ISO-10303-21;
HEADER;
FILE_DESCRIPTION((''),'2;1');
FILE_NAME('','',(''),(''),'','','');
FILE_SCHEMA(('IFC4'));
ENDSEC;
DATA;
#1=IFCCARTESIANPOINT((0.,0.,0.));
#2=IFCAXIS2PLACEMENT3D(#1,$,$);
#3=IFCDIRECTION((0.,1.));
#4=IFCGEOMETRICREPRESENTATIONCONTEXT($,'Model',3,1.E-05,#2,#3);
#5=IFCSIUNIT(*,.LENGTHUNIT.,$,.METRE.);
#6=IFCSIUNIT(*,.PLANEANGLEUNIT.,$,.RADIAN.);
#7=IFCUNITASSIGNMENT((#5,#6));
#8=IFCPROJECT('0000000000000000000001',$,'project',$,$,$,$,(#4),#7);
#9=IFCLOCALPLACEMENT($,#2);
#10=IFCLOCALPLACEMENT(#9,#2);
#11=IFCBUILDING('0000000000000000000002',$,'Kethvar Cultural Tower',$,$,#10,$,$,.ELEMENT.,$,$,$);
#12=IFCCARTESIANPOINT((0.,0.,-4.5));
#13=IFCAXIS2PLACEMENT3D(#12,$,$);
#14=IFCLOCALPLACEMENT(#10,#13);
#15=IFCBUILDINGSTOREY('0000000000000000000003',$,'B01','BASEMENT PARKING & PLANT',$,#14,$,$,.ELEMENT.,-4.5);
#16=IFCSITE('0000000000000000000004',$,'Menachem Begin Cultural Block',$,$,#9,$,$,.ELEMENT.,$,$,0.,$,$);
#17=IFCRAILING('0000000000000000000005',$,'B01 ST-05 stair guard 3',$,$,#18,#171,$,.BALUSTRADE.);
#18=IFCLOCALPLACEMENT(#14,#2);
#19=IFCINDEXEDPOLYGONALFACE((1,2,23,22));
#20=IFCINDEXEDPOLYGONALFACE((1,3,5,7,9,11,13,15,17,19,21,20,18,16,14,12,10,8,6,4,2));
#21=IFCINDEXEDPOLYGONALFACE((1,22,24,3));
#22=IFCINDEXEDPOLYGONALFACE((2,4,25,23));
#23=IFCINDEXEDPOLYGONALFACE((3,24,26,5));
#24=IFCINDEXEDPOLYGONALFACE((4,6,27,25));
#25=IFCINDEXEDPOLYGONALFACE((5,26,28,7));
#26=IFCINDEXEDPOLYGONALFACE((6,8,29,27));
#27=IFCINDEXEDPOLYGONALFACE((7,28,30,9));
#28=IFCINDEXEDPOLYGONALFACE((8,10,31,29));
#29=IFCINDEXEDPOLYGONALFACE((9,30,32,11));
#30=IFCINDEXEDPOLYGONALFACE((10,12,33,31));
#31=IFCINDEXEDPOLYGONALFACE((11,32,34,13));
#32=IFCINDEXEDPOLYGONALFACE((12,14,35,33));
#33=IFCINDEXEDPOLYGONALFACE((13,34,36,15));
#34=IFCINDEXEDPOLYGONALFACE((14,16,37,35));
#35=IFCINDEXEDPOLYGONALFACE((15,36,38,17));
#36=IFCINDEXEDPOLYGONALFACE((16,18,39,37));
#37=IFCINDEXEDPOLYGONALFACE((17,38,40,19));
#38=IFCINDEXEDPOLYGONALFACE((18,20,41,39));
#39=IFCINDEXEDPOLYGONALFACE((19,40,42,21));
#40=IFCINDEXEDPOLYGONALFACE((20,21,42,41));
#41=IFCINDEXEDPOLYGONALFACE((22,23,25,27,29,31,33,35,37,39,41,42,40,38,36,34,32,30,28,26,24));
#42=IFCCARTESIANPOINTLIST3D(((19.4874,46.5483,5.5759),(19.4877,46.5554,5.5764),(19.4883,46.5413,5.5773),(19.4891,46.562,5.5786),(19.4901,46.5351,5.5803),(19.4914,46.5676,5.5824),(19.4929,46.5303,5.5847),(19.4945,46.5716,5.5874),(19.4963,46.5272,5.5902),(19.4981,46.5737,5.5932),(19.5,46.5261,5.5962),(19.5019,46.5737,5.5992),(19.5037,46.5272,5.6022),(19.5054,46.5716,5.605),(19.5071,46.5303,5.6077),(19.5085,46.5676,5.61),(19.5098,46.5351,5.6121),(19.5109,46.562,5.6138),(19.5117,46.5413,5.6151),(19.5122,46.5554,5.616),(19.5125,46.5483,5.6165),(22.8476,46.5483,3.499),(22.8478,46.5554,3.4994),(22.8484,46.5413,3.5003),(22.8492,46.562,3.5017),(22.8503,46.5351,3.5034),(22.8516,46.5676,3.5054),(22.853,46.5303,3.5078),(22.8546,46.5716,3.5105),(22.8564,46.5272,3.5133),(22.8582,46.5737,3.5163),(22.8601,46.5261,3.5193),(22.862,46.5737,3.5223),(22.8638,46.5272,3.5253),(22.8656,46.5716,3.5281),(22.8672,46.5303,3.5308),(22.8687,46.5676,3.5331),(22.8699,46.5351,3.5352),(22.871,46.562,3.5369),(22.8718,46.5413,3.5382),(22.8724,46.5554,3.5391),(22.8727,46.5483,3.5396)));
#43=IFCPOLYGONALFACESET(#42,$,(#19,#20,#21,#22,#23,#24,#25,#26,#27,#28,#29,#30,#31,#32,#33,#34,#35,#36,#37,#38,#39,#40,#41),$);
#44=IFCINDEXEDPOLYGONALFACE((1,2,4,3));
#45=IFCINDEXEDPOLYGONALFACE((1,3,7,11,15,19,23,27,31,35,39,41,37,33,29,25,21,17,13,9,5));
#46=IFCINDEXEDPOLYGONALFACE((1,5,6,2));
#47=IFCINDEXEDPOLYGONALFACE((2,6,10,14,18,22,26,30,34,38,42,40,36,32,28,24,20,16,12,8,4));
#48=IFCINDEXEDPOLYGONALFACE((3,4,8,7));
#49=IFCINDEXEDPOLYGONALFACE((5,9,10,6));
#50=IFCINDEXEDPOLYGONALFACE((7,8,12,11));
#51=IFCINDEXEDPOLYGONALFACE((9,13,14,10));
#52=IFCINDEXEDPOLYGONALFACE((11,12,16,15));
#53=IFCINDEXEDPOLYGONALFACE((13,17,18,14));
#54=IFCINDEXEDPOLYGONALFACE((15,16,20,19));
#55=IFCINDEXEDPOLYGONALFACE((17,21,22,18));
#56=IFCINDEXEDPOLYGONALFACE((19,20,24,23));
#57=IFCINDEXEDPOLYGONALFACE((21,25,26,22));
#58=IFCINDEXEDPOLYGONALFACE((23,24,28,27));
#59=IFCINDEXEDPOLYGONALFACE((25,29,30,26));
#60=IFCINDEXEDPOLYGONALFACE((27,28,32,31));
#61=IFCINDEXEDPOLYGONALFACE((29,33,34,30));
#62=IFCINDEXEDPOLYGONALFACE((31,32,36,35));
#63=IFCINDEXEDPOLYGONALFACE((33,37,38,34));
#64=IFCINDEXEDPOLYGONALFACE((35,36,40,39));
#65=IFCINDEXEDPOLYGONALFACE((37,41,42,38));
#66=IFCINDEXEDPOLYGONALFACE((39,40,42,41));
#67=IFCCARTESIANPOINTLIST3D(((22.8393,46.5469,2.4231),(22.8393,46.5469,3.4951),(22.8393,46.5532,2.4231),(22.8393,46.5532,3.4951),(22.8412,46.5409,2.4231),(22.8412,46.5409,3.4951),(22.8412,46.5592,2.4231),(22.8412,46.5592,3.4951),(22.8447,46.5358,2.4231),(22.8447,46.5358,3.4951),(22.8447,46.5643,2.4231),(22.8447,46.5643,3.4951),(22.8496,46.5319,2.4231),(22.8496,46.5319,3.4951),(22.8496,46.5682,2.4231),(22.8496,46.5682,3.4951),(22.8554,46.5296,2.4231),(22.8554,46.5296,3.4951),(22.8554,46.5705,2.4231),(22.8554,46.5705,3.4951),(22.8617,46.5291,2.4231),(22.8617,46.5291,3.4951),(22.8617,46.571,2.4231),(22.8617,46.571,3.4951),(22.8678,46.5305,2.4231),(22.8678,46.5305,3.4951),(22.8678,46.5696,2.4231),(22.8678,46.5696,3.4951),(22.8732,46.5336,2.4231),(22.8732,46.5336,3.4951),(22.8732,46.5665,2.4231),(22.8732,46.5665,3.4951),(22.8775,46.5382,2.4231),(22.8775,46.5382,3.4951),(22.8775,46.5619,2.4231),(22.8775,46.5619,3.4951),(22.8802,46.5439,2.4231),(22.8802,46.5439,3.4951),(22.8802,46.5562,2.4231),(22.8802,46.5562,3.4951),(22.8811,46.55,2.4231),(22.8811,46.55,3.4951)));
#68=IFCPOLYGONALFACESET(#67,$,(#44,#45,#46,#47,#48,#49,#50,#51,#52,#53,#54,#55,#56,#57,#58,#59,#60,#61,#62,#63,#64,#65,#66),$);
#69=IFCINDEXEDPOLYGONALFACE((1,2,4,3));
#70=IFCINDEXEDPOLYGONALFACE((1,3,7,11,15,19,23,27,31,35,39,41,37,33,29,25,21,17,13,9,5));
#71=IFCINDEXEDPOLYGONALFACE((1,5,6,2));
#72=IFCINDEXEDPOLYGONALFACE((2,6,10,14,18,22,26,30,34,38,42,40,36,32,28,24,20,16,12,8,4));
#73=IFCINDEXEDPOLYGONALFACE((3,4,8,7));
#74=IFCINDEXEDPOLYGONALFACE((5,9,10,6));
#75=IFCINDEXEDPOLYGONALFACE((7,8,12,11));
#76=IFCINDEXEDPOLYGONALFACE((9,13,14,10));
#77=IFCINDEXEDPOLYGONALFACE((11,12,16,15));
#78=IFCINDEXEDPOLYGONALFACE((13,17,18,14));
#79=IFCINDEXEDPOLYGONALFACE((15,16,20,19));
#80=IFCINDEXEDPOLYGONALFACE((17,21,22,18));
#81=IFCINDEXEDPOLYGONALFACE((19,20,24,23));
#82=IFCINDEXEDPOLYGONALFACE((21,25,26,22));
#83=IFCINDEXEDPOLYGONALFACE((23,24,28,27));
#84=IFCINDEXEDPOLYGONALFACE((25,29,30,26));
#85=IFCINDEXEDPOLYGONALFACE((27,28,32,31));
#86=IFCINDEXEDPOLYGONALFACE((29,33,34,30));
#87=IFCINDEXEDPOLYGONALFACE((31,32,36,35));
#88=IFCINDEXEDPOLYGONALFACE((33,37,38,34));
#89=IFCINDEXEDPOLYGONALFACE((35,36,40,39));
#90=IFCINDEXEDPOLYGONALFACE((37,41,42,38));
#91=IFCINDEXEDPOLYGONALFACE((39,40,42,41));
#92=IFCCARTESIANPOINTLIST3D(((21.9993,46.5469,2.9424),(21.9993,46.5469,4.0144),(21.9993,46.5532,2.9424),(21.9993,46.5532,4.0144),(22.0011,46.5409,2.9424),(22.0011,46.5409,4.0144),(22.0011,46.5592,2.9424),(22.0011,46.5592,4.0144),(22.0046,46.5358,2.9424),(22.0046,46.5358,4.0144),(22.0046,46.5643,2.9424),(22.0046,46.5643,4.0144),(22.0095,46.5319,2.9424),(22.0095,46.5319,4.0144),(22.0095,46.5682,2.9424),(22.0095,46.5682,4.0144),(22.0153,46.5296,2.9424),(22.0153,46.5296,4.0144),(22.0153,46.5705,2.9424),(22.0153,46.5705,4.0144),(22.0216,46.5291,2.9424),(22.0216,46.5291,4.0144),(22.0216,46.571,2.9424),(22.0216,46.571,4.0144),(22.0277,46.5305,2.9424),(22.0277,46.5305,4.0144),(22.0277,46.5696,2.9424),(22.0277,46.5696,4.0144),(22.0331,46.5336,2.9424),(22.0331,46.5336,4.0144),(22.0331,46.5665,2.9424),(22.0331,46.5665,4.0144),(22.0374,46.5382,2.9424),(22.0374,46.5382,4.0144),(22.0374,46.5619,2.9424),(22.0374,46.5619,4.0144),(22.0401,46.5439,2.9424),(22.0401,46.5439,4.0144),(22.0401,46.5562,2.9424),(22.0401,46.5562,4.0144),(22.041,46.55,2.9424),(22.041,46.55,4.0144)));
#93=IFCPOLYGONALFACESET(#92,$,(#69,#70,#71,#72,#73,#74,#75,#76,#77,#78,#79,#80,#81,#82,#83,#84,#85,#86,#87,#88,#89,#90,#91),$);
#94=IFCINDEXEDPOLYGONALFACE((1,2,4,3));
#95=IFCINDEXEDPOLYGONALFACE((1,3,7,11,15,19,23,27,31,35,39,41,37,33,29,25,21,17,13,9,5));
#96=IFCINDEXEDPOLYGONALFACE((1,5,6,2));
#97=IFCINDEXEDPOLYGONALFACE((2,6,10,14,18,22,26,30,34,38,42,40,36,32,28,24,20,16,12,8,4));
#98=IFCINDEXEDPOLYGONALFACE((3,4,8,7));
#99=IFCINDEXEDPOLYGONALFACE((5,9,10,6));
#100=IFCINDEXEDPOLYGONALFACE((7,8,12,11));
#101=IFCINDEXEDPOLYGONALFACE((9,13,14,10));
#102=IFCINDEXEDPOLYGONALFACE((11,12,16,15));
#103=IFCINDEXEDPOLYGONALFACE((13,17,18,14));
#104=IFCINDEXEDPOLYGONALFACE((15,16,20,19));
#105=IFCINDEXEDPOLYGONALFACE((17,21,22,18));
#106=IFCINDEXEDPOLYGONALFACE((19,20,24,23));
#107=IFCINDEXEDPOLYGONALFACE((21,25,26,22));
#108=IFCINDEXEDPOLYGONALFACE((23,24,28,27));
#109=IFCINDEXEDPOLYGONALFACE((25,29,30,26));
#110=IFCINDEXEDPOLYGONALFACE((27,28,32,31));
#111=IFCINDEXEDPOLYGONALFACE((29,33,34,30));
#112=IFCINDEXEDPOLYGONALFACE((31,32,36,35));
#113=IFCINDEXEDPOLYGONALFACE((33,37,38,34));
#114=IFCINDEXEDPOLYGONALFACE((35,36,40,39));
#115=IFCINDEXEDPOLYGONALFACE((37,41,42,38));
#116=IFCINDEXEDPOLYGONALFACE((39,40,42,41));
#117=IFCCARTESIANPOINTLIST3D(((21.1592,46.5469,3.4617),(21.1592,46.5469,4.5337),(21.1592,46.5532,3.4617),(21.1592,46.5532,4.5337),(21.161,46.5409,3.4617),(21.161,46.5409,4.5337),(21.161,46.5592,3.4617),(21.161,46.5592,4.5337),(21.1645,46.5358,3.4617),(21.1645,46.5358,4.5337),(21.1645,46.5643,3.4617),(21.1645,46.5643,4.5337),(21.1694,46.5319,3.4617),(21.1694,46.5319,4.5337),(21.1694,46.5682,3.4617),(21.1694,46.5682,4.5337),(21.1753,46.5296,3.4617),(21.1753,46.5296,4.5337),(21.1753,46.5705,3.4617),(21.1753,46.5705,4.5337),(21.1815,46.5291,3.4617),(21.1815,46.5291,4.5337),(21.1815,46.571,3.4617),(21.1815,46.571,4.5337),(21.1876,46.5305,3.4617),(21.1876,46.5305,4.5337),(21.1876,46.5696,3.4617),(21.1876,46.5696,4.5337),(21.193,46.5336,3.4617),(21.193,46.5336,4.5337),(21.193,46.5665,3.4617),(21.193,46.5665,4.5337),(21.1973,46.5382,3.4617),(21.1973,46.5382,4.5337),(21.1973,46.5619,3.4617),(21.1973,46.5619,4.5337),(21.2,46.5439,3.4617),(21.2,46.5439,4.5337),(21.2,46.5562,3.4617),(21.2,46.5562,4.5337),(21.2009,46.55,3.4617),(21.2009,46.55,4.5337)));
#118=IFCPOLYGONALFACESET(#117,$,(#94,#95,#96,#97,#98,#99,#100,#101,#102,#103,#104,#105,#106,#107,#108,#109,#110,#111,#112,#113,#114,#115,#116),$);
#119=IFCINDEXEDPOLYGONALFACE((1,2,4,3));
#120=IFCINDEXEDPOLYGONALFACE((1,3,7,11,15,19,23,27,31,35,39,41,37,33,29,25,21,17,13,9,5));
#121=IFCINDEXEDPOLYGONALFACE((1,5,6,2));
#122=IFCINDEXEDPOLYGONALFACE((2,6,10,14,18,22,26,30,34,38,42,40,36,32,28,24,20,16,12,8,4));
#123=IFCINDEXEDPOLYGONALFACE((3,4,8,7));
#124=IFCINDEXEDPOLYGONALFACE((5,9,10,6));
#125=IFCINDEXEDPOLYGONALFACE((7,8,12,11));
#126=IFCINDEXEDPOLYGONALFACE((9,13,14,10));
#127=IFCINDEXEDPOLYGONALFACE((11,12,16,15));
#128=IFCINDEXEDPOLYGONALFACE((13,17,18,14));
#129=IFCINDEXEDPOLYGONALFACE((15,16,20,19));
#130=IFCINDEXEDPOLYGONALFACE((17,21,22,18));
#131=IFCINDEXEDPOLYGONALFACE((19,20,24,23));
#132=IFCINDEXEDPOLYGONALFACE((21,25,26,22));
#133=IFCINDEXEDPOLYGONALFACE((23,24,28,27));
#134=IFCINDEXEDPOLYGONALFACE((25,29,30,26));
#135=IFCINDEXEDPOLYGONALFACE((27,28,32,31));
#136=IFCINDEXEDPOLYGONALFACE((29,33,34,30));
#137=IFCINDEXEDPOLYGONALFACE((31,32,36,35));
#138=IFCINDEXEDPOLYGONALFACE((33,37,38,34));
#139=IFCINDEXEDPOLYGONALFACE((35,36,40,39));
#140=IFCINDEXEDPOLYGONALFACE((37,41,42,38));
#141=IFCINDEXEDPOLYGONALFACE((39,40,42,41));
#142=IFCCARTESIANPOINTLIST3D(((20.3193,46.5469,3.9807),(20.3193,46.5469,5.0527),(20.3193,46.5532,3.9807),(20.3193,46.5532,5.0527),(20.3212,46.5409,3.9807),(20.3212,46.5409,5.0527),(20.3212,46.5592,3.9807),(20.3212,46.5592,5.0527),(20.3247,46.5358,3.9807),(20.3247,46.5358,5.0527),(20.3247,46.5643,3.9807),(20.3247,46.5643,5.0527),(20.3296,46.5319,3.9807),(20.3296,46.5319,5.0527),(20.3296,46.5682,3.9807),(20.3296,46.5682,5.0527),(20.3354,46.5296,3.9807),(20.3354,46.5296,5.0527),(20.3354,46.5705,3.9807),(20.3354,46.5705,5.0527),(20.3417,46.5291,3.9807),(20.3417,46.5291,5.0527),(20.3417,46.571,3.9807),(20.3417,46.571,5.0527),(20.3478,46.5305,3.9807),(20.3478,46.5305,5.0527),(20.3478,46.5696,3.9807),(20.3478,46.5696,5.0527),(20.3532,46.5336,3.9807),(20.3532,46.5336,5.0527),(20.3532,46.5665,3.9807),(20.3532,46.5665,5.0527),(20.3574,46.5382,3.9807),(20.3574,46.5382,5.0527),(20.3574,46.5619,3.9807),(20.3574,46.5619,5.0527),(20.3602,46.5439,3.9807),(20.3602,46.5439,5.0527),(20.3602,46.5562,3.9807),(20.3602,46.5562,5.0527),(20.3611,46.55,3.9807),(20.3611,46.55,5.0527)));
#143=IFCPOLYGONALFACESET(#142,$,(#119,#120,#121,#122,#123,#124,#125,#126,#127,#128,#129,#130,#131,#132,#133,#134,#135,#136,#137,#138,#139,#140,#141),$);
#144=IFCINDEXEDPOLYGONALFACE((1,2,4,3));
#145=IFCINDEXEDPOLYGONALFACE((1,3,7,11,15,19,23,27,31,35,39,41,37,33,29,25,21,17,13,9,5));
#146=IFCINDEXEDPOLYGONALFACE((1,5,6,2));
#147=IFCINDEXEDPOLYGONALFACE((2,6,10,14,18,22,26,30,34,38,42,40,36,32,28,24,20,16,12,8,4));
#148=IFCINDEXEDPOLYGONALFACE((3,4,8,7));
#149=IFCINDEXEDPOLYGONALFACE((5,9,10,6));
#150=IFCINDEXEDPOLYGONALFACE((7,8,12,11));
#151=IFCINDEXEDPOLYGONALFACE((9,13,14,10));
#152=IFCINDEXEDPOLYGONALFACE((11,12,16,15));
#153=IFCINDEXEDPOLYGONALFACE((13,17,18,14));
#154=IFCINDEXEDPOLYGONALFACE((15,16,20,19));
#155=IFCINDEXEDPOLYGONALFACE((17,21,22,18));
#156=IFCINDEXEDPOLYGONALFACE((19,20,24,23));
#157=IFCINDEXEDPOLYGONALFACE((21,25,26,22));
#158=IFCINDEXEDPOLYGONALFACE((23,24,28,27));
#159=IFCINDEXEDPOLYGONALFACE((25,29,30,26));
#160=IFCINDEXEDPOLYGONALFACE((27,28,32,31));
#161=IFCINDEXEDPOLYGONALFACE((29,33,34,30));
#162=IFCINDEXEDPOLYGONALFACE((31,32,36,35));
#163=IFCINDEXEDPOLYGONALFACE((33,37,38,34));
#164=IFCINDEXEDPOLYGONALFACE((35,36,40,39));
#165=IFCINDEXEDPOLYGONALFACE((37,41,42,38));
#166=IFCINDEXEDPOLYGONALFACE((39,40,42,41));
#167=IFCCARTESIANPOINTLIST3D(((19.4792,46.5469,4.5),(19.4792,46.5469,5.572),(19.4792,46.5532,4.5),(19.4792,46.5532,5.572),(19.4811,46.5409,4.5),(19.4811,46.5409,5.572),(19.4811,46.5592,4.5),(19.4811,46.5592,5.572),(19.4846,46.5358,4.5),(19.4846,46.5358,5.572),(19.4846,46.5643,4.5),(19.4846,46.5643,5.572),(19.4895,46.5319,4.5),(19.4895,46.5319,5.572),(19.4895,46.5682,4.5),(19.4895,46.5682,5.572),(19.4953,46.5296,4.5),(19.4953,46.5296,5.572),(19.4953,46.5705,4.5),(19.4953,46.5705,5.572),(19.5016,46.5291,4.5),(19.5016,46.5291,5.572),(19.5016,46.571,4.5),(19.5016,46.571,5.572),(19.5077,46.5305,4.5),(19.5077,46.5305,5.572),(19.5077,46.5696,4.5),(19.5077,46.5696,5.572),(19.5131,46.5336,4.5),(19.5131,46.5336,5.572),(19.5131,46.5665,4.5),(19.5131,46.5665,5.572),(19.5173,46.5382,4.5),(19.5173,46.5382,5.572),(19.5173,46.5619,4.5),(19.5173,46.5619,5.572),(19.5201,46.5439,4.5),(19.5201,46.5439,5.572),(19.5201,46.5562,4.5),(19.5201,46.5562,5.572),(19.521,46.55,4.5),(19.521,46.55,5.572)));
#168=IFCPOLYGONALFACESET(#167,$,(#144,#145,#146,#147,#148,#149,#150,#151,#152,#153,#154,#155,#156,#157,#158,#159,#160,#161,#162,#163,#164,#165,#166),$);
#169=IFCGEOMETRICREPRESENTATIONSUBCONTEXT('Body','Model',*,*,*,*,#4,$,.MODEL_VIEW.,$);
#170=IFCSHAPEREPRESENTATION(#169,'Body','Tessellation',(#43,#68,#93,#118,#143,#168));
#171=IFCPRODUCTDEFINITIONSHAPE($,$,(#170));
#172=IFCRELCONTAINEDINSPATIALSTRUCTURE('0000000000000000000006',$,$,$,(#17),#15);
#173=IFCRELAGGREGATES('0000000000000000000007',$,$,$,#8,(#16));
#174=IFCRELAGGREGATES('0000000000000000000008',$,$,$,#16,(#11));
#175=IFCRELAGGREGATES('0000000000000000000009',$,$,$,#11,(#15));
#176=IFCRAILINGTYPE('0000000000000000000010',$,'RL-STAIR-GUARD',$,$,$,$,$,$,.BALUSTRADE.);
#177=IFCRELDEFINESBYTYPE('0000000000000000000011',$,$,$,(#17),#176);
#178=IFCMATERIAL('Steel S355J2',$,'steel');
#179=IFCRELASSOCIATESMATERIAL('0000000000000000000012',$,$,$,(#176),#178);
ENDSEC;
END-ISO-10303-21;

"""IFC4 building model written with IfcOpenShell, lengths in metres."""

from ifc_helpers import new_model, si_unit, direction, frame, origin, origin_2d, place, context, subcontext, project, spatial, circle, extrude, material, type_object, element, save


model = new_model("IFC4")

# Units and contexts
model_context = context("Model", 3, precision=1e-05, world=origin(), true_north=direction((0.0, 1.0)))
body_context = subcontext(model_context, "Body", "Model", "MODEL_VIEW")
ifc_project = project(units=[si_unit("LENGTHUNIT", "METRE"), si_unit("PLANEANGLEUNIT", "RADIAN")], contexts=[model_context])

# Site, building, storey
site_placement = place(None, origin())
site = spatial("IfcSite", under=ifc_project, at=site_placement, Name="Menachem Begin Cultural Block", CompositionType="ELEMENT", RefElevation=0.0)
building_placement = place(site_placement, origin())
building = spatial("IfcBuilding", under=site, at=building_placement, Name="Kethvar Cultural Tower", CompositionType="ELEMENT")
storey_placement = place(building_placement, frame((0.0, 0.0, -4.5)))
storey = spatial("IfcBuildingStorey", under=building, at=storey_placement, Name="B01", Description="BASEMENT PARKING & PLANT", CompositionType="ELEMENT", Elevation=-4.5)

# Shared definitions
ifc_material_1 = material(Name="Steel S355J2", Category="steel")

# Railing
railing_type_1 = type_object("IfcRailingType", Name="RL-STAIR-GUARD", PredefinedType="BALUSTRADE", material=ifc_material_1)
railing_1_placement = place(storey_placement, frame((22.8601, 46.55, 2.4231)))
element("IfcRailing", 1, at=railing_1_placement, inside=storey, type_object=railing_type_1, Name="B01 ST-05 stair guard 3", PredefinedType="BALUSTRADE", context=body_context, shape_type="SweptSolid", body=[
    extrude(circle(Radius=0.0239, at=origin_2d()), frame((0.0, 0.0, 1.0962), z_axis=(-0.850623, 0.0, 0.525776), x_axis=(0.0, -1.0, 0.0)), (0.0, 0.0, 1.0), 3.9502),
    extrude(circle(Radius=0.021, at=origin_2d()), origin(), (0.0, 0.0, 1.0), 1.072),
    extrude(circle(Radius=0.021, at=origin_2d()), frame((-0.8401, 0.0, 0.5193)), (0.0, 0.0, 1.0), 1.072),
    extrude(circle(Radius=0.021, at=origin_2d()), frame((-1.6802, 0.0, 1.0386)), (0.0, 0.0, 1.0), 1.072),
    extrude(circle(Radius=0.021, at=origin_2d()), frame((-2.52, 0.0, 1.5576)), (0.0, 0.0, 1.0), 1.072),
    extrude(circle(Radius=0.021, at=origin_2d()), frame((-3.3601, 0.0, 2.0769)), (0.0, 0.0, 1.0), 1.072),
])

save(model, "model.ifc")
